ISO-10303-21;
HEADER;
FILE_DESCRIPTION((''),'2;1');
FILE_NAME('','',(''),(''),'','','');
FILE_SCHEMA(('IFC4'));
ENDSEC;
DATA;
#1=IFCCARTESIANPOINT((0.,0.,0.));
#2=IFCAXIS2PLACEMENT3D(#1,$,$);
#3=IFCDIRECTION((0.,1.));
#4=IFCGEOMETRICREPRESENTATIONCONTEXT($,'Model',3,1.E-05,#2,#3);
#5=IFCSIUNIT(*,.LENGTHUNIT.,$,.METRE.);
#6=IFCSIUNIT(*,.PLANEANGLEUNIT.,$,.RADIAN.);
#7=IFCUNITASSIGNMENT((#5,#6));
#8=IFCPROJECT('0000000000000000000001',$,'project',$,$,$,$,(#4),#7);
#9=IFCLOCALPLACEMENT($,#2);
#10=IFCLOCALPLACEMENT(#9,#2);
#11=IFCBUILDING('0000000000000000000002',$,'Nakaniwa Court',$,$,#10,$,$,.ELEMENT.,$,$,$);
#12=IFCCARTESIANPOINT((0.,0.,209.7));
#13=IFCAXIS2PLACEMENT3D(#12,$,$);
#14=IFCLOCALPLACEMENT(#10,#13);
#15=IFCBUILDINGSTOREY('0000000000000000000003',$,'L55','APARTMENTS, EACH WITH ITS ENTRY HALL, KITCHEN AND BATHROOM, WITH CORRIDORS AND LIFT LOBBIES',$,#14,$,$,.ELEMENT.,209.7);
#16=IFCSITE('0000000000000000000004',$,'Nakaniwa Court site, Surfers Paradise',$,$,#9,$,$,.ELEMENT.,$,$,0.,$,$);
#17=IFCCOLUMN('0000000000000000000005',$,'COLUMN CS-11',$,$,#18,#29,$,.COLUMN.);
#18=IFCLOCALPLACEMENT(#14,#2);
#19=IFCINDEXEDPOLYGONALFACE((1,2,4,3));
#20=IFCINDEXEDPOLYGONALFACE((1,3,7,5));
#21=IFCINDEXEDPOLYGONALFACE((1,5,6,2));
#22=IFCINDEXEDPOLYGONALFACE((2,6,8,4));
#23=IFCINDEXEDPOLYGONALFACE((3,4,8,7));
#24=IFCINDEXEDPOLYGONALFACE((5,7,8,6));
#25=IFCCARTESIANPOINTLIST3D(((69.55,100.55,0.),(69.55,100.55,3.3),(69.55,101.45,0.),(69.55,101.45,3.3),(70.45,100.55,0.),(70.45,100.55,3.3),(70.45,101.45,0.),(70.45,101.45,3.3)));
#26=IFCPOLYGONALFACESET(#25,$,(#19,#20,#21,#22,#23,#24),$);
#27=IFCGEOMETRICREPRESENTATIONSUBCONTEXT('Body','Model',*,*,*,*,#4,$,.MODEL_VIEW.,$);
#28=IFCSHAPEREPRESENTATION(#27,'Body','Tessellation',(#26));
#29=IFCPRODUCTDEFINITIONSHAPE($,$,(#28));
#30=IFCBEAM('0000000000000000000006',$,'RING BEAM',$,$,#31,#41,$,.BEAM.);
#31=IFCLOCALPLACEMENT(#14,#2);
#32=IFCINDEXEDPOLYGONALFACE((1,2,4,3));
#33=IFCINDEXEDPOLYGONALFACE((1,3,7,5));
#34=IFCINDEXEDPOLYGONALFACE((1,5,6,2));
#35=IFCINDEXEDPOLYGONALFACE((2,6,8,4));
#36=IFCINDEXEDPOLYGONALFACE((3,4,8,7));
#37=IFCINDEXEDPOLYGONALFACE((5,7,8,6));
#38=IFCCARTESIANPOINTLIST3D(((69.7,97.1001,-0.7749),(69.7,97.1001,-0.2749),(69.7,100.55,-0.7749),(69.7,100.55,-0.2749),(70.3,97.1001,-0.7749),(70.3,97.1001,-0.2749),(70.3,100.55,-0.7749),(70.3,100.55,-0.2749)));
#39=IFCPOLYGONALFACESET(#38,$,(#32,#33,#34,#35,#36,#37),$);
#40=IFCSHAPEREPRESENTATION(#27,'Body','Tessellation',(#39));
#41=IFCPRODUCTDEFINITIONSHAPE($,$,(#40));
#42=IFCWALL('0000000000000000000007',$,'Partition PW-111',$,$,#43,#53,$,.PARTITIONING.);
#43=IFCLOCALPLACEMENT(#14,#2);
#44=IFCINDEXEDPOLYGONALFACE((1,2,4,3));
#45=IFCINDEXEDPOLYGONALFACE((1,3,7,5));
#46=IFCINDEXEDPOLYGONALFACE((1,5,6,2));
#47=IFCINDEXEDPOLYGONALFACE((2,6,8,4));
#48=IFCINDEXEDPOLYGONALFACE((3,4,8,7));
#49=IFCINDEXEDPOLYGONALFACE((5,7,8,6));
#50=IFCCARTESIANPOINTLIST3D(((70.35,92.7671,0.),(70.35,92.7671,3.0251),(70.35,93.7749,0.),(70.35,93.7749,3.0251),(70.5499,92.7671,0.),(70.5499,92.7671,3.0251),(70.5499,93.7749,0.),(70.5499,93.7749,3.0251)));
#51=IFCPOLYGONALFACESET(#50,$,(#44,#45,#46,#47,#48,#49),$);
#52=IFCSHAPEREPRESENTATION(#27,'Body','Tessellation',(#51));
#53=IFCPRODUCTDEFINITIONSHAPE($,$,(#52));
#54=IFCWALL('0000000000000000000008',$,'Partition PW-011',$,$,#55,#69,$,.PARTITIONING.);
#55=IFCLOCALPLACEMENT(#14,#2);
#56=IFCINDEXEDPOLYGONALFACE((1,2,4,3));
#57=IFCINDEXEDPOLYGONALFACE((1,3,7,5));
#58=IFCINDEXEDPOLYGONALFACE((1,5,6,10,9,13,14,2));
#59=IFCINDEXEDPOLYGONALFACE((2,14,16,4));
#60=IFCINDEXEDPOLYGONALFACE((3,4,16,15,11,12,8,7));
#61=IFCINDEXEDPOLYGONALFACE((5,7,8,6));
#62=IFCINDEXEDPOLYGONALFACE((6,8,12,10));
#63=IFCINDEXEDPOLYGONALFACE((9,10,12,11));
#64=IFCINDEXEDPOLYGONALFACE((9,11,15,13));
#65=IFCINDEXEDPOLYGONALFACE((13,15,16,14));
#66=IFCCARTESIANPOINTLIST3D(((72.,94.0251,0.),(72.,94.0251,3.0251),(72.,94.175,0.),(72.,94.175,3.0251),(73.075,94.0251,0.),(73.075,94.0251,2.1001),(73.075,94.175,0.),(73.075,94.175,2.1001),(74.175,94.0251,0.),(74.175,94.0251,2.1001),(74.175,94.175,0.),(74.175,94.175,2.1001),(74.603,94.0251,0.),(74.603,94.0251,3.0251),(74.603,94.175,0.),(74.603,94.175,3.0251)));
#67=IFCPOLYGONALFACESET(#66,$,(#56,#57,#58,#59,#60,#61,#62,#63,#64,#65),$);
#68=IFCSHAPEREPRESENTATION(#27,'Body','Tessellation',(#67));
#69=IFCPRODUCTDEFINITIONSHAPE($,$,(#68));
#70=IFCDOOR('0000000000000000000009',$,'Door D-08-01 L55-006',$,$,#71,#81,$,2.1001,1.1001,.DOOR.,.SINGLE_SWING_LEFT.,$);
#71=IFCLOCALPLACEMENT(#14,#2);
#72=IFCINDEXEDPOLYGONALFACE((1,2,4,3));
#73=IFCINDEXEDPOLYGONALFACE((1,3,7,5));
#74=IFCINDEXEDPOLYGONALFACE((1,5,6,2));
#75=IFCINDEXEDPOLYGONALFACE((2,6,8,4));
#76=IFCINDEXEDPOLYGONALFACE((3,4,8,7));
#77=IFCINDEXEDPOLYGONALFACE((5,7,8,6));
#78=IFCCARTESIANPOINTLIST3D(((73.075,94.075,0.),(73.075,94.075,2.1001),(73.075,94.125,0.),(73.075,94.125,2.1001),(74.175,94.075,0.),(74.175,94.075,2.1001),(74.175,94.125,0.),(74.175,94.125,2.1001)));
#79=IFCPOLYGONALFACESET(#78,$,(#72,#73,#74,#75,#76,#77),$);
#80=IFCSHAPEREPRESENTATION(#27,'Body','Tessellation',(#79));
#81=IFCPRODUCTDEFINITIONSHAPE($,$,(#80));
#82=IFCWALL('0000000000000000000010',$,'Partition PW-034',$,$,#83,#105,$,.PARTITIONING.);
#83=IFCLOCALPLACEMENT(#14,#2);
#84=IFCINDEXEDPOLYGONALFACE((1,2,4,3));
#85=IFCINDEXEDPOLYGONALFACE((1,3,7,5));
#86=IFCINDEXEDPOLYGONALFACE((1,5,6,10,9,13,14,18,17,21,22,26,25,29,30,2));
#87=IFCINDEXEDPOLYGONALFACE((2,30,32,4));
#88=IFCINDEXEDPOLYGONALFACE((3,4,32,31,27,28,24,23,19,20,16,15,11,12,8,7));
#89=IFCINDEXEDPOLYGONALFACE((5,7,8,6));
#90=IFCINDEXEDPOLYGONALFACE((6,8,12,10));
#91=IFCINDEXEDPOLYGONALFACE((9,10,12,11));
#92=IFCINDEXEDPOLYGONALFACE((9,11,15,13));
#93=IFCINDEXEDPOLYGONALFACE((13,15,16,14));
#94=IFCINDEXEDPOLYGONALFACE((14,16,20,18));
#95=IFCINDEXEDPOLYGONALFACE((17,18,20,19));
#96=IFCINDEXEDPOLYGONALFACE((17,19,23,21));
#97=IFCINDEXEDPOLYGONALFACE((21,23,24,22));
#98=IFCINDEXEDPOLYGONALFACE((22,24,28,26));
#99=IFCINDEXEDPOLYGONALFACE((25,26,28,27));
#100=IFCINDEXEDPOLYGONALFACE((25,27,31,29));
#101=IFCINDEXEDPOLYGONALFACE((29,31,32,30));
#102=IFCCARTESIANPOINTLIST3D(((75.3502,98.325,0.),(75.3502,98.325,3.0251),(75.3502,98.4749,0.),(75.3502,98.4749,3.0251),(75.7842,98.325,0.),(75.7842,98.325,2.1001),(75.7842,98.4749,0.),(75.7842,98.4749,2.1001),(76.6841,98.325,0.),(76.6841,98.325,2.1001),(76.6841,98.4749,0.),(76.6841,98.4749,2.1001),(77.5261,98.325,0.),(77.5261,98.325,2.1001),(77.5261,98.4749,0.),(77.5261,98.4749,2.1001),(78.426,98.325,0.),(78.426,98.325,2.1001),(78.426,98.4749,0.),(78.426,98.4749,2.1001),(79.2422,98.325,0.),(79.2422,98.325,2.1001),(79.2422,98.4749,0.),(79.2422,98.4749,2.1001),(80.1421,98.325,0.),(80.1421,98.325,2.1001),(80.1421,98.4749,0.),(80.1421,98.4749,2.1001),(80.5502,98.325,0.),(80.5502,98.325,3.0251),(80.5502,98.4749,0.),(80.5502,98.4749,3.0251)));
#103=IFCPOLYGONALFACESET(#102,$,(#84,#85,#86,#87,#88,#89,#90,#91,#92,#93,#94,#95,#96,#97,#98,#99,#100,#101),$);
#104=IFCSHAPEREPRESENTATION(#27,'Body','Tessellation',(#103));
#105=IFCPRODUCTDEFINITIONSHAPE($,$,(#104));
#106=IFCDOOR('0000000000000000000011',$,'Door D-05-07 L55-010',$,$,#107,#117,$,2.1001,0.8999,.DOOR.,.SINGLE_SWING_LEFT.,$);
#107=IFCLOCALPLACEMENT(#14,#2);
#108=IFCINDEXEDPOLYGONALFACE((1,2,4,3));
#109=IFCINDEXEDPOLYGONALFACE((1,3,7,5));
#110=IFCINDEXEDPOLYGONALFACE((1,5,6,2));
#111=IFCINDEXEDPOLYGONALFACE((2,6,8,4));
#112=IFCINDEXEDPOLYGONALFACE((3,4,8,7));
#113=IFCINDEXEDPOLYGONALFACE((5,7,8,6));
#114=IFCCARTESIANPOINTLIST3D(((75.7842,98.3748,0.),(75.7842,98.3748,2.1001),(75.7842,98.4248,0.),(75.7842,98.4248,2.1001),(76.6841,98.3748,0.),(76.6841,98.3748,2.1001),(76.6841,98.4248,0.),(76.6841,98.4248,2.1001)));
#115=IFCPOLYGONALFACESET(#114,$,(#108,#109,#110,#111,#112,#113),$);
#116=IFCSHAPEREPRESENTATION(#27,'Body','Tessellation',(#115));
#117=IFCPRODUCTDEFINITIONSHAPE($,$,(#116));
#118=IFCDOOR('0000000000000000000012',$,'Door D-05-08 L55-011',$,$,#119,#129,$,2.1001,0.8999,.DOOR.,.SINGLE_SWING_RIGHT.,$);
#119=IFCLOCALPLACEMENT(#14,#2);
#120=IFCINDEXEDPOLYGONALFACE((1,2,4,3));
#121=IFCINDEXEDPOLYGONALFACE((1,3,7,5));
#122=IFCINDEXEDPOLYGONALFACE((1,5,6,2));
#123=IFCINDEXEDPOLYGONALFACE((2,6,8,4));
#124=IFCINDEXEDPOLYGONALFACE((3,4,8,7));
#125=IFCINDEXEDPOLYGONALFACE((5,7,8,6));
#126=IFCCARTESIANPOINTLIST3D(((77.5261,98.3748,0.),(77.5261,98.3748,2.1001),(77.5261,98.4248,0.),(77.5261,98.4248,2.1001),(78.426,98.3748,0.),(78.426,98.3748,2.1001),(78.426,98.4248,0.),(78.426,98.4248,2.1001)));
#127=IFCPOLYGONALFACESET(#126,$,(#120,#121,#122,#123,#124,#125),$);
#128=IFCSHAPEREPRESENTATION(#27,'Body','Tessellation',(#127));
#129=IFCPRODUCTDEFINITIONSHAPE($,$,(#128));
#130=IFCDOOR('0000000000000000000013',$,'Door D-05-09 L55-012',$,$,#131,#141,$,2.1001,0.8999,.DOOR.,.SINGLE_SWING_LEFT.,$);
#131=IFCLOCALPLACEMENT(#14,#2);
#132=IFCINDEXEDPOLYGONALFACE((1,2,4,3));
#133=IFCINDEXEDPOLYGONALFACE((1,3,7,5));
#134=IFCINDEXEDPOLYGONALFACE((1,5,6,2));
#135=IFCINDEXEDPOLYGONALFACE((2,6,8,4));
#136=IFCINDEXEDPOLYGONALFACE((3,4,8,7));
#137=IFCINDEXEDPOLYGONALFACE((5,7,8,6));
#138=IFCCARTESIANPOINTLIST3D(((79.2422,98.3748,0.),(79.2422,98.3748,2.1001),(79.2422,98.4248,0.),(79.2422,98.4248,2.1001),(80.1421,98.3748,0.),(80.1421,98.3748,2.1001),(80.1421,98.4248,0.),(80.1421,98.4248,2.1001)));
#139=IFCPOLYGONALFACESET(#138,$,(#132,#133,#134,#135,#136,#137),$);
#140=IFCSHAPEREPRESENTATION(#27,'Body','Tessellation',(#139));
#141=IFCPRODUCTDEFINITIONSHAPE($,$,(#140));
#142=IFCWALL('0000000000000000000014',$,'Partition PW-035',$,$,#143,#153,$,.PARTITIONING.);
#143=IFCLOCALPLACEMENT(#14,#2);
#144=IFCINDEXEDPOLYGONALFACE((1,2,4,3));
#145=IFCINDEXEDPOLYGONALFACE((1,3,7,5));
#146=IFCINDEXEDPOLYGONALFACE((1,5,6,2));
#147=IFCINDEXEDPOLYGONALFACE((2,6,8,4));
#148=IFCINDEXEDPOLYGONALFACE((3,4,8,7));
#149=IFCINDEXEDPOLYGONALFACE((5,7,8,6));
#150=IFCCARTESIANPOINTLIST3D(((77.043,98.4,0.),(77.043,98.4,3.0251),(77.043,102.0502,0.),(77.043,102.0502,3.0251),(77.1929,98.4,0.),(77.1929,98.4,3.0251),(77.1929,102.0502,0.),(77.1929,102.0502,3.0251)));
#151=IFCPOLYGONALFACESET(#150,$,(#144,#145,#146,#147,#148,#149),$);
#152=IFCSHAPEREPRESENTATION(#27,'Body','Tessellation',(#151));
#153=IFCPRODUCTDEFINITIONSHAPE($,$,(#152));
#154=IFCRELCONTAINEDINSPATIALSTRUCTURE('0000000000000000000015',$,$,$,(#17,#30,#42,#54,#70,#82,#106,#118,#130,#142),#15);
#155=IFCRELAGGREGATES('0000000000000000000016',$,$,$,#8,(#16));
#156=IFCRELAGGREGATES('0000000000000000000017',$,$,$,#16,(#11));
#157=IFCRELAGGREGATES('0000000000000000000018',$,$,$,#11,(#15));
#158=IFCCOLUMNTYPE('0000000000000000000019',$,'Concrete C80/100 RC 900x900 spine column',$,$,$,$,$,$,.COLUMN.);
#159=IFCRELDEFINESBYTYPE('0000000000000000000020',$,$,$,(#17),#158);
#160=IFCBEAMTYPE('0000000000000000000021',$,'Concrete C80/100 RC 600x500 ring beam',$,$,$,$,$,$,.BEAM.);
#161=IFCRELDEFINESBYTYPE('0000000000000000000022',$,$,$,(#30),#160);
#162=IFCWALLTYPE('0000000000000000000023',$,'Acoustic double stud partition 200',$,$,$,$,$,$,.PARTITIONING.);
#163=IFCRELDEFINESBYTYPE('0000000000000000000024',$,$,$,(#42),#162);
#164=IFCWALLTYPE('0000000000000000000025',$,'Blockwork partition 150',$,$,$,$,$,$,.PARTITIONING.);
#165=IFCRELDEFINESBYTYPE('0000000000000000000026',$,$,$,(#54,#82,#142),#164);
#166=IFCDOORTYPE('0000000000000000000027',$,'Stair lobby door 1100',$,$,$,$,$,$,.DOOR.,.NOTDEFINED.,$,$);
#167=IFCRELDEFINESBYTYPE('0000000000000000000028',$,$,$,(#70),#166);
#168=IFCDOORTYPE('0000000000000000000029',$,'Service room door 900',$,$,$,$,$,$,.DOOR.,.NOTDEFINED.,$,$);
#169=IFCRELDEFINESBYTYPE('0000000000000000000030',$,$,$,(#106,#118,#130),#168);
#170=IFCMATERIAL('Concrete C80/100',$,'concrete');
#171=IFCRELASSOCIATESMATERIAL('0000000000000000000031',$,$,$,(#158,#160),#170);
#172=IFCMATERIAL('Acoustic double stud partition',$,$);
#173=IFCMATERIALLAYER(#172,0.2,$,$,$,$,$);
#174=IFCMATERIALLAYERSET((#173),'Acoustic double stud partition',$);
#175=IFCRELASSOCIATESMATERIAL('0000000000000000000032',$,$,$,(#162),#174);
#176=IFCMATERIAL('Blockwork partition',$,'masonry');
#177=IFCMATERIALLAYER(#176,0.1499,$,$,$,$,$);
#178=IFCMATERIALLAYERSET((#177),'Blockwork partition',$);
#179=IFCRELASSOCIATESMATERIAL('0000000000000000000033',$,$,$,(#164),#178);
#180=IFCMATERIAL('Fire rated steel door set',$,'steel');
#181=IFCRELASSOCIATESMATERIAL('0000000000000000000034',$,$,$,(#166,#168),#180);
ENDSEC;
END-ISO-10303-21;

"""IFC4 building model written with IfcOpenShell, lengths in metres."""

from ifc_helpers import new_model, si_unit, direction, frame, frame_2d, origin, origin_2d, place, context, subcontext, project, spatial, rectangle, extrude, material, layer, layer_set, material_profile, profile_set, type_object, element, fill, save


model = new_model("IFC4")

# Units and contexts
model_context = context("Model", 3, precision=1e-05, world=origin(), true_north=direction((0.0, 1.0)))
body_context = subcontext(model_context, "Body", "Model", "MODEL_VIEW")
ifc_project = project(units=[si_unit("LENGTHUNIT", "METRE"), si_unit("PLANEANGLEUNIT", "RADIAN")], contexts=[model_context])

# Site, building, storey
site_placement = place(None, origin())
site = spatial("IfcSite", under=ifc_project, at=site_placement, Name="Nakaniwa Court site, Surfers Paradise", CompositionType="ELEMENT", RefElevation=0.0)
building_placement = place(site_placement, origin())
building = spatial("IfcBuilding", under=site, at=building_placement, Name="Nakaniwa Court", CompositionType="ELEMENT")
storey_placement = place(building_placement, frame((0.0, 0.0, 209.7)))
storey = spatial("IfcBuildingStorey", under=building, at=storey_placement, Name="L55", Description="APARTMENTS, EACH WITH ITS ENTRY HALL, KITCHEN AND BATHROOM, WITH CORRIDORS AND LIFT LOBBIES", CompositionType="ELEMENT", Elevation=209.7)

# Column
ifc_material_1 = material(Name="Concrete C80/100", Category="concrete")
ifc_material_profile_1 = material_profile(ifc_material_1, rectangle(XDim=0.8999, YDim=0.8999, at=origin_2d()), Name="Concrete C80/100 RC 900x900 spine column")
ifc_profile_set_1 = profile_set([ifc_material_profile_1], Name="Concrete C80/100")
column_type = type_object("IfcColumnType", Name="Concrete C80/100 RC 900x900 spine column", PredefinedType="COLUMN", material=ifc_profile_set_1)
column_placement = place(storey_placement, frame((70.0, 101.0, 0.0), z_axis=(0.0, 0.0, 1.0), x_axis=(0.0, -1.0, 0.0)))
element("IfcColumn", 1, at=column_placement, inside=storey, type_object=column_type, Name="COLUMN CS-11", PredefinedType="COLUMN", context=body_context, shape_type="SweptSolid", body=[
    extrude(rectangle(XDim=0.8999, YDim=0.8999, at=origin_2d()), origin(), (0.0, 0.0, 1.0), 3.3),
])

# Beam
ifc_material_profile_2 = material_profile(ifc_material_1, rectangle(XDim=0.6001, YDim=0.5, at=origin_2d()), Name="Concrete C80/100 RC 600x500 ring beam")
ifc_profile_set_2 = profile_set([ifc_material_profile_2], Name="Concrete C80/100")
beam_type = type_object("IfcBeamType", Name="Concrete C80/100 RC 600x500 ring beam", PredefinedType="BEAM", material=ifc_profile_set_2)
beam_placement = place(storey_placement, frame((70.0, 100.55, -0.5249), z_axis=(0.0, -1.0, 0.0), x_axis=(1.0, 0.0, 0.0)))
element("IfcBeam", 2, at=beam_placement, inside=storey, type_object=beam_type, Name="RING BEAM", PredefinedType="BEAM", context=body_context, shape_type="SweptSolid", body=[
    extrude(rectangle(XDim=0.6001, YDim=0.5, at=origin_2d()), origin(), (0.0, 0.0, 1.0), 3.45),
])

# Wall
ifc_material_2 = material(Name="Acoustic double stud partition")
ifc_layer_1 = layer(ifc_material_2, 0.2)
ifc_layer_set_1 = layer_set([ifc_layer_1], Name="Acoustic double stud partition")
wall_type_1 = type_object("IfcWallType", Name="Acoustic double stud partition 200", PredefinedType="PARTITIONING", material=ifc_layer_set_1)
wall_1_placement = place(storey_placement, frame((70.45, 92.7671, 0.0), z_axis=(0.0, 0.0, 1.0), x_axis=(0.0, 1.0, 0.0)))
element("IfcWall", 3, at=wall_1_placement, inside=storey, type_object=wall_type_1, Name="Partition PW-111", PredefinedType="PARTITIONING", context=body_context, shape_type="SweptSolid", body=[
    extrude(rectangle(XDim=1.0078, YDim=0.2, at=frame_2d((0.5039, 0.0))), origin(), (0.0, 0.0, 1.0), 3.0251),
])

# Wall, opening, door
ifc_material_3 = material(Name="Blockwork partition", Category="masonry")
ifc_layer_2 = layer(ifc_material_3, 0.1499)
ifc_layer_set_2 = layer_set([ifc_layer_2], Name="Blockwork partition")
wall_type_2 = type_object("IfcWallType", Name="Blockwork partition 150", PredefinedType="PARTITIONING", material=ifc_layer_set_2)
wall_2_placement = place(storey_placement, frame((72.0, 94.1001, 0.0), z_axis=(0.0, 0.0, 1.0), x_axis=(1.0, 0.0, 0.0)))
wall_2 = element("IfcWall", 4, at=wall_2_placement, inside=storey, type_object=wall_type_2, Name="Partition PW-011", PredefinedType="PARTITIONING", context=body_context, shape_type="SweptSolid", body=[
    extrude(rectangle(XDim=2.603, YDim=0.1499, at=frame_2d((1.3015, 0.0))), origin(), (0.0, 0.0, 1.0), 3.0251),
])
opening_1_placement = place(wall_2_placement, frame((1.075, 0.0, 0.0)))
opening_1 = element("IfcOpeningElement", 5, at=opening_1_placement, cuts=wall_2, PredefinedType="OPENING", context=body_context, shape_type="SweptSolid", body=[
    extrude(rectangle(XDim=1.1001, YDim=2.1001, at=frame_2d((0.55, 1.05))), frame((0.0, 0.085, 0.0), z_axis=(0.0, -1.0, 0.0), x_axis=(1.0, 0.0, 0.0)), (0.0, 0.0, 1.0), 0.1699),
])
ifc_material_4 = material(Name="Fire rated steel door set", Category="steel")
door_type_1 = type_object("IfcDoorType", Name="Stair lobby door 1100", OperationType="NOTDEFINED", PredefinedType="DOOR", material=ifc_material_4)
door_1_placement = place(opening_1_placement, origin())
door_1 = element("IfcDoor", 6, at=door_1_placement, inside=storey, type_object=door_type_1, Name="Door D-08-01 L55-006", OperationType="SINGLE_SWING_LEFT", OverallHeight=2.1001, OverallWidth=1.1001, PredefinedType="DOOR", context=body_context, shape_type="SweptSolid", body=[
    extrude(rectangle(XDim=1.1001, YDim=2.1001, at=frame_2d((0.55, 1.05))), frame((0.0, 0.0249, 0.0), z_axis=(0.0, -1.0, 0.0), x_axis=(1.0, 0.0, 0.0)), (0.0, 0.0, 1.0), 0.05),
])
fill(opening_1, door_1)

# Wall, openings, doors
wall_3_placement = place(storey_placement, frame((75.3501, 98.3999, 0.0), z_axis=(0.0, 0.0, 1.0), x_axis=(1.0, 0.0, 0.0)))
wall_3 = element("IfcWall", 7, at=wall_3_placement, inside=storey, type_object=wall_type_2, Name="Partition PW-034", PredefinedType="PARTITIONING", context=body_context, shape_type="SweptSolid", body=[
    extrude(rectangle(XDim=5.2, YDim=0.1499, at=frame_2d((2.6001, 0.0))), origin(), (0.0, 0.0, 1.0), 3.0251),
])
opening_2_placement = place(wall_3_placement, frame((0.4341, 0.0, 0.0)))
opening_2 = element("IfcOpeningElement", 8, at=opening_2_placement, cuts=wall_3, PredefinedType="OPENING", context=body_context, shape_type="SweptSolid", body=[
    extrude(rectangle(XDim=0.8999, YDim=2.1001, at=frame_2d((0.45, 1.05))), frame((0.0, 0.085, 0.0), z_axis=(0.0, -1.0, 0.0), x_axis=(1.0, 0.0, 0.0)), (0.0, 0.0, 1.0), 0.1699),
])
opening_3_placement = place(wall_3_placement, frame((2.176, 0.0, 0.0)))
opening_3 = element("IfcOpeningElement", 9, at=opening_3_placement, cuts=wall_3, PredefinedType="OPENING", context=body_context, shape_type="SweptSolid", body=[
    extrude(rectangle(XDim=0.8999, YDim=2.1001, at=frame_2d((0.45, 1.05))), frame((0.0, 0.085, 0.0), z_axis=(0.0, -1.0, 0.0), x_axis=(1.0, 0.0, 0.0)), (0.0, 0.0, 1.0), 0.1699),
])
opening_4_placement = place(wall_3_placement, frame((3.8921, 0.0, 0.0)))
opening_4 = element("IfcOpeningElement", 10, at=opening_4_placement, cuts=wall_3, PredefinedType="OPENING", context=body_context, shape_type="SweptSolid", body=[
    extrude(rectangle(XDim=0.8999, YDim=2.1001, at=frame_2d((0.45, 1.05))), frame((0.0, 0.085, 0.0), z_axis=(0.0, -1.0, 0.0), x_axis=(1.0, 0.0, 0.0)), (0.0, 0.0, 1.0), 0.1699),
])
door_type_2 = type_object("IfcDoorType", Name="Service room door 900", OperationType="NOTDEFINED", PredefinedType="DOOR", material=ifc_material_4)
door_2_placement = place(opening_2_placement, origin())
door_2 = element("IfcDoor", 11, at=door_2_placement, inside=storey, type_object=door_type_2, Name="Door D-05-07 L55-010", OperationType="SINGLE_SWING_LEFT", OverallHeight=2.1001, OverallWidth=0.8999, PredefinedType="DOOR", context=body_context, shape_type="SweptSolid", body=[
    extrude(rectangle(XDim=0.8999, YDim=2.1001, at=frame_2d((0.45, 1.05))), frame((0.0, 0.0249, 0.0), z_axis=(0.0, -1.0, 0.0), x_axis=(1.0, 0.0, 0.0)), (0.0, 0.0, 1.0), 0.05),
])
fill(opening_2, door_2)
door_3_placement = place(opening_3_placement, origin())
door_3 = element("IfcDoor", 12, at=door_3_placement, inside=storey, type_object=door_type_2, Name="Door D-05-08 L55-011", OperationType="SINGLE_SWING_RIGHT", OverallHeight=2.1001, OverallWidth=0.8999, PredefinedType="DOOR", context=body_context, shape_type="SweptSolid", body=[
    extrude(rectangle(XDim=0.8999, YDim=2.1001, at=frame_2d((0.45, 1.05))), frame((0.0, 0.0249, 0.0), z_axis=(0.0, -1.0, 0.0), x_axis=(1.0, 0.0, 0.0)), (0.0, 0.0, 1.0), 0.05),
])
fill(opening_3, door_3)
door_4_placement = place(opening_4_placement, origin())
door_4 = element("IfcDoor", 13, at=door_4_placement, inside=storey, type_object=door_type_2, Name="Door D-05-09 L55-012", OperationType="SINGLE_SWING_LEFT", OverallHeight=2.1001, OverallWidth=0.8999, PredefinedType="DOOR", context=body_context, shape_type="SweptSolid", body=[
    extrude(rectangle(XDim=0.8999, YDim=2.1001, at=frame_2d((0.45, 1.05))), frame((0.0, 0.0249, 0.0), z_axis=(0.0, -1.0, 0.0), x_axis=(1.0, 0.0, 0.0)), (0.0, 0.0, 1.0), 0.05),
])
fill(opening_4, door_4)

# Wall
wall_4_placement = place(storey_placement, frame((77.1179, 98.3999, 0.0), z_axis=(0.0, 0.0, 1.0), x_axis=(0.0, 1.0, 0.0)))
element("IfcWall", 14, at=wall_4_placement, inside=storey, type_object=wall_type_2, Name="Partition PW-035", PredefinedType="PARTITIONING", context=body_context, shape_type="SweptSolid", body=[
    extrude(rectangle(XDim=3.6501, YDim=0.1499, at=frame_2d((1.8252, 0.0))), origin(), (0.0, 0.0, 1.0), 3.0251),
])

save(model, "model.ifc")
